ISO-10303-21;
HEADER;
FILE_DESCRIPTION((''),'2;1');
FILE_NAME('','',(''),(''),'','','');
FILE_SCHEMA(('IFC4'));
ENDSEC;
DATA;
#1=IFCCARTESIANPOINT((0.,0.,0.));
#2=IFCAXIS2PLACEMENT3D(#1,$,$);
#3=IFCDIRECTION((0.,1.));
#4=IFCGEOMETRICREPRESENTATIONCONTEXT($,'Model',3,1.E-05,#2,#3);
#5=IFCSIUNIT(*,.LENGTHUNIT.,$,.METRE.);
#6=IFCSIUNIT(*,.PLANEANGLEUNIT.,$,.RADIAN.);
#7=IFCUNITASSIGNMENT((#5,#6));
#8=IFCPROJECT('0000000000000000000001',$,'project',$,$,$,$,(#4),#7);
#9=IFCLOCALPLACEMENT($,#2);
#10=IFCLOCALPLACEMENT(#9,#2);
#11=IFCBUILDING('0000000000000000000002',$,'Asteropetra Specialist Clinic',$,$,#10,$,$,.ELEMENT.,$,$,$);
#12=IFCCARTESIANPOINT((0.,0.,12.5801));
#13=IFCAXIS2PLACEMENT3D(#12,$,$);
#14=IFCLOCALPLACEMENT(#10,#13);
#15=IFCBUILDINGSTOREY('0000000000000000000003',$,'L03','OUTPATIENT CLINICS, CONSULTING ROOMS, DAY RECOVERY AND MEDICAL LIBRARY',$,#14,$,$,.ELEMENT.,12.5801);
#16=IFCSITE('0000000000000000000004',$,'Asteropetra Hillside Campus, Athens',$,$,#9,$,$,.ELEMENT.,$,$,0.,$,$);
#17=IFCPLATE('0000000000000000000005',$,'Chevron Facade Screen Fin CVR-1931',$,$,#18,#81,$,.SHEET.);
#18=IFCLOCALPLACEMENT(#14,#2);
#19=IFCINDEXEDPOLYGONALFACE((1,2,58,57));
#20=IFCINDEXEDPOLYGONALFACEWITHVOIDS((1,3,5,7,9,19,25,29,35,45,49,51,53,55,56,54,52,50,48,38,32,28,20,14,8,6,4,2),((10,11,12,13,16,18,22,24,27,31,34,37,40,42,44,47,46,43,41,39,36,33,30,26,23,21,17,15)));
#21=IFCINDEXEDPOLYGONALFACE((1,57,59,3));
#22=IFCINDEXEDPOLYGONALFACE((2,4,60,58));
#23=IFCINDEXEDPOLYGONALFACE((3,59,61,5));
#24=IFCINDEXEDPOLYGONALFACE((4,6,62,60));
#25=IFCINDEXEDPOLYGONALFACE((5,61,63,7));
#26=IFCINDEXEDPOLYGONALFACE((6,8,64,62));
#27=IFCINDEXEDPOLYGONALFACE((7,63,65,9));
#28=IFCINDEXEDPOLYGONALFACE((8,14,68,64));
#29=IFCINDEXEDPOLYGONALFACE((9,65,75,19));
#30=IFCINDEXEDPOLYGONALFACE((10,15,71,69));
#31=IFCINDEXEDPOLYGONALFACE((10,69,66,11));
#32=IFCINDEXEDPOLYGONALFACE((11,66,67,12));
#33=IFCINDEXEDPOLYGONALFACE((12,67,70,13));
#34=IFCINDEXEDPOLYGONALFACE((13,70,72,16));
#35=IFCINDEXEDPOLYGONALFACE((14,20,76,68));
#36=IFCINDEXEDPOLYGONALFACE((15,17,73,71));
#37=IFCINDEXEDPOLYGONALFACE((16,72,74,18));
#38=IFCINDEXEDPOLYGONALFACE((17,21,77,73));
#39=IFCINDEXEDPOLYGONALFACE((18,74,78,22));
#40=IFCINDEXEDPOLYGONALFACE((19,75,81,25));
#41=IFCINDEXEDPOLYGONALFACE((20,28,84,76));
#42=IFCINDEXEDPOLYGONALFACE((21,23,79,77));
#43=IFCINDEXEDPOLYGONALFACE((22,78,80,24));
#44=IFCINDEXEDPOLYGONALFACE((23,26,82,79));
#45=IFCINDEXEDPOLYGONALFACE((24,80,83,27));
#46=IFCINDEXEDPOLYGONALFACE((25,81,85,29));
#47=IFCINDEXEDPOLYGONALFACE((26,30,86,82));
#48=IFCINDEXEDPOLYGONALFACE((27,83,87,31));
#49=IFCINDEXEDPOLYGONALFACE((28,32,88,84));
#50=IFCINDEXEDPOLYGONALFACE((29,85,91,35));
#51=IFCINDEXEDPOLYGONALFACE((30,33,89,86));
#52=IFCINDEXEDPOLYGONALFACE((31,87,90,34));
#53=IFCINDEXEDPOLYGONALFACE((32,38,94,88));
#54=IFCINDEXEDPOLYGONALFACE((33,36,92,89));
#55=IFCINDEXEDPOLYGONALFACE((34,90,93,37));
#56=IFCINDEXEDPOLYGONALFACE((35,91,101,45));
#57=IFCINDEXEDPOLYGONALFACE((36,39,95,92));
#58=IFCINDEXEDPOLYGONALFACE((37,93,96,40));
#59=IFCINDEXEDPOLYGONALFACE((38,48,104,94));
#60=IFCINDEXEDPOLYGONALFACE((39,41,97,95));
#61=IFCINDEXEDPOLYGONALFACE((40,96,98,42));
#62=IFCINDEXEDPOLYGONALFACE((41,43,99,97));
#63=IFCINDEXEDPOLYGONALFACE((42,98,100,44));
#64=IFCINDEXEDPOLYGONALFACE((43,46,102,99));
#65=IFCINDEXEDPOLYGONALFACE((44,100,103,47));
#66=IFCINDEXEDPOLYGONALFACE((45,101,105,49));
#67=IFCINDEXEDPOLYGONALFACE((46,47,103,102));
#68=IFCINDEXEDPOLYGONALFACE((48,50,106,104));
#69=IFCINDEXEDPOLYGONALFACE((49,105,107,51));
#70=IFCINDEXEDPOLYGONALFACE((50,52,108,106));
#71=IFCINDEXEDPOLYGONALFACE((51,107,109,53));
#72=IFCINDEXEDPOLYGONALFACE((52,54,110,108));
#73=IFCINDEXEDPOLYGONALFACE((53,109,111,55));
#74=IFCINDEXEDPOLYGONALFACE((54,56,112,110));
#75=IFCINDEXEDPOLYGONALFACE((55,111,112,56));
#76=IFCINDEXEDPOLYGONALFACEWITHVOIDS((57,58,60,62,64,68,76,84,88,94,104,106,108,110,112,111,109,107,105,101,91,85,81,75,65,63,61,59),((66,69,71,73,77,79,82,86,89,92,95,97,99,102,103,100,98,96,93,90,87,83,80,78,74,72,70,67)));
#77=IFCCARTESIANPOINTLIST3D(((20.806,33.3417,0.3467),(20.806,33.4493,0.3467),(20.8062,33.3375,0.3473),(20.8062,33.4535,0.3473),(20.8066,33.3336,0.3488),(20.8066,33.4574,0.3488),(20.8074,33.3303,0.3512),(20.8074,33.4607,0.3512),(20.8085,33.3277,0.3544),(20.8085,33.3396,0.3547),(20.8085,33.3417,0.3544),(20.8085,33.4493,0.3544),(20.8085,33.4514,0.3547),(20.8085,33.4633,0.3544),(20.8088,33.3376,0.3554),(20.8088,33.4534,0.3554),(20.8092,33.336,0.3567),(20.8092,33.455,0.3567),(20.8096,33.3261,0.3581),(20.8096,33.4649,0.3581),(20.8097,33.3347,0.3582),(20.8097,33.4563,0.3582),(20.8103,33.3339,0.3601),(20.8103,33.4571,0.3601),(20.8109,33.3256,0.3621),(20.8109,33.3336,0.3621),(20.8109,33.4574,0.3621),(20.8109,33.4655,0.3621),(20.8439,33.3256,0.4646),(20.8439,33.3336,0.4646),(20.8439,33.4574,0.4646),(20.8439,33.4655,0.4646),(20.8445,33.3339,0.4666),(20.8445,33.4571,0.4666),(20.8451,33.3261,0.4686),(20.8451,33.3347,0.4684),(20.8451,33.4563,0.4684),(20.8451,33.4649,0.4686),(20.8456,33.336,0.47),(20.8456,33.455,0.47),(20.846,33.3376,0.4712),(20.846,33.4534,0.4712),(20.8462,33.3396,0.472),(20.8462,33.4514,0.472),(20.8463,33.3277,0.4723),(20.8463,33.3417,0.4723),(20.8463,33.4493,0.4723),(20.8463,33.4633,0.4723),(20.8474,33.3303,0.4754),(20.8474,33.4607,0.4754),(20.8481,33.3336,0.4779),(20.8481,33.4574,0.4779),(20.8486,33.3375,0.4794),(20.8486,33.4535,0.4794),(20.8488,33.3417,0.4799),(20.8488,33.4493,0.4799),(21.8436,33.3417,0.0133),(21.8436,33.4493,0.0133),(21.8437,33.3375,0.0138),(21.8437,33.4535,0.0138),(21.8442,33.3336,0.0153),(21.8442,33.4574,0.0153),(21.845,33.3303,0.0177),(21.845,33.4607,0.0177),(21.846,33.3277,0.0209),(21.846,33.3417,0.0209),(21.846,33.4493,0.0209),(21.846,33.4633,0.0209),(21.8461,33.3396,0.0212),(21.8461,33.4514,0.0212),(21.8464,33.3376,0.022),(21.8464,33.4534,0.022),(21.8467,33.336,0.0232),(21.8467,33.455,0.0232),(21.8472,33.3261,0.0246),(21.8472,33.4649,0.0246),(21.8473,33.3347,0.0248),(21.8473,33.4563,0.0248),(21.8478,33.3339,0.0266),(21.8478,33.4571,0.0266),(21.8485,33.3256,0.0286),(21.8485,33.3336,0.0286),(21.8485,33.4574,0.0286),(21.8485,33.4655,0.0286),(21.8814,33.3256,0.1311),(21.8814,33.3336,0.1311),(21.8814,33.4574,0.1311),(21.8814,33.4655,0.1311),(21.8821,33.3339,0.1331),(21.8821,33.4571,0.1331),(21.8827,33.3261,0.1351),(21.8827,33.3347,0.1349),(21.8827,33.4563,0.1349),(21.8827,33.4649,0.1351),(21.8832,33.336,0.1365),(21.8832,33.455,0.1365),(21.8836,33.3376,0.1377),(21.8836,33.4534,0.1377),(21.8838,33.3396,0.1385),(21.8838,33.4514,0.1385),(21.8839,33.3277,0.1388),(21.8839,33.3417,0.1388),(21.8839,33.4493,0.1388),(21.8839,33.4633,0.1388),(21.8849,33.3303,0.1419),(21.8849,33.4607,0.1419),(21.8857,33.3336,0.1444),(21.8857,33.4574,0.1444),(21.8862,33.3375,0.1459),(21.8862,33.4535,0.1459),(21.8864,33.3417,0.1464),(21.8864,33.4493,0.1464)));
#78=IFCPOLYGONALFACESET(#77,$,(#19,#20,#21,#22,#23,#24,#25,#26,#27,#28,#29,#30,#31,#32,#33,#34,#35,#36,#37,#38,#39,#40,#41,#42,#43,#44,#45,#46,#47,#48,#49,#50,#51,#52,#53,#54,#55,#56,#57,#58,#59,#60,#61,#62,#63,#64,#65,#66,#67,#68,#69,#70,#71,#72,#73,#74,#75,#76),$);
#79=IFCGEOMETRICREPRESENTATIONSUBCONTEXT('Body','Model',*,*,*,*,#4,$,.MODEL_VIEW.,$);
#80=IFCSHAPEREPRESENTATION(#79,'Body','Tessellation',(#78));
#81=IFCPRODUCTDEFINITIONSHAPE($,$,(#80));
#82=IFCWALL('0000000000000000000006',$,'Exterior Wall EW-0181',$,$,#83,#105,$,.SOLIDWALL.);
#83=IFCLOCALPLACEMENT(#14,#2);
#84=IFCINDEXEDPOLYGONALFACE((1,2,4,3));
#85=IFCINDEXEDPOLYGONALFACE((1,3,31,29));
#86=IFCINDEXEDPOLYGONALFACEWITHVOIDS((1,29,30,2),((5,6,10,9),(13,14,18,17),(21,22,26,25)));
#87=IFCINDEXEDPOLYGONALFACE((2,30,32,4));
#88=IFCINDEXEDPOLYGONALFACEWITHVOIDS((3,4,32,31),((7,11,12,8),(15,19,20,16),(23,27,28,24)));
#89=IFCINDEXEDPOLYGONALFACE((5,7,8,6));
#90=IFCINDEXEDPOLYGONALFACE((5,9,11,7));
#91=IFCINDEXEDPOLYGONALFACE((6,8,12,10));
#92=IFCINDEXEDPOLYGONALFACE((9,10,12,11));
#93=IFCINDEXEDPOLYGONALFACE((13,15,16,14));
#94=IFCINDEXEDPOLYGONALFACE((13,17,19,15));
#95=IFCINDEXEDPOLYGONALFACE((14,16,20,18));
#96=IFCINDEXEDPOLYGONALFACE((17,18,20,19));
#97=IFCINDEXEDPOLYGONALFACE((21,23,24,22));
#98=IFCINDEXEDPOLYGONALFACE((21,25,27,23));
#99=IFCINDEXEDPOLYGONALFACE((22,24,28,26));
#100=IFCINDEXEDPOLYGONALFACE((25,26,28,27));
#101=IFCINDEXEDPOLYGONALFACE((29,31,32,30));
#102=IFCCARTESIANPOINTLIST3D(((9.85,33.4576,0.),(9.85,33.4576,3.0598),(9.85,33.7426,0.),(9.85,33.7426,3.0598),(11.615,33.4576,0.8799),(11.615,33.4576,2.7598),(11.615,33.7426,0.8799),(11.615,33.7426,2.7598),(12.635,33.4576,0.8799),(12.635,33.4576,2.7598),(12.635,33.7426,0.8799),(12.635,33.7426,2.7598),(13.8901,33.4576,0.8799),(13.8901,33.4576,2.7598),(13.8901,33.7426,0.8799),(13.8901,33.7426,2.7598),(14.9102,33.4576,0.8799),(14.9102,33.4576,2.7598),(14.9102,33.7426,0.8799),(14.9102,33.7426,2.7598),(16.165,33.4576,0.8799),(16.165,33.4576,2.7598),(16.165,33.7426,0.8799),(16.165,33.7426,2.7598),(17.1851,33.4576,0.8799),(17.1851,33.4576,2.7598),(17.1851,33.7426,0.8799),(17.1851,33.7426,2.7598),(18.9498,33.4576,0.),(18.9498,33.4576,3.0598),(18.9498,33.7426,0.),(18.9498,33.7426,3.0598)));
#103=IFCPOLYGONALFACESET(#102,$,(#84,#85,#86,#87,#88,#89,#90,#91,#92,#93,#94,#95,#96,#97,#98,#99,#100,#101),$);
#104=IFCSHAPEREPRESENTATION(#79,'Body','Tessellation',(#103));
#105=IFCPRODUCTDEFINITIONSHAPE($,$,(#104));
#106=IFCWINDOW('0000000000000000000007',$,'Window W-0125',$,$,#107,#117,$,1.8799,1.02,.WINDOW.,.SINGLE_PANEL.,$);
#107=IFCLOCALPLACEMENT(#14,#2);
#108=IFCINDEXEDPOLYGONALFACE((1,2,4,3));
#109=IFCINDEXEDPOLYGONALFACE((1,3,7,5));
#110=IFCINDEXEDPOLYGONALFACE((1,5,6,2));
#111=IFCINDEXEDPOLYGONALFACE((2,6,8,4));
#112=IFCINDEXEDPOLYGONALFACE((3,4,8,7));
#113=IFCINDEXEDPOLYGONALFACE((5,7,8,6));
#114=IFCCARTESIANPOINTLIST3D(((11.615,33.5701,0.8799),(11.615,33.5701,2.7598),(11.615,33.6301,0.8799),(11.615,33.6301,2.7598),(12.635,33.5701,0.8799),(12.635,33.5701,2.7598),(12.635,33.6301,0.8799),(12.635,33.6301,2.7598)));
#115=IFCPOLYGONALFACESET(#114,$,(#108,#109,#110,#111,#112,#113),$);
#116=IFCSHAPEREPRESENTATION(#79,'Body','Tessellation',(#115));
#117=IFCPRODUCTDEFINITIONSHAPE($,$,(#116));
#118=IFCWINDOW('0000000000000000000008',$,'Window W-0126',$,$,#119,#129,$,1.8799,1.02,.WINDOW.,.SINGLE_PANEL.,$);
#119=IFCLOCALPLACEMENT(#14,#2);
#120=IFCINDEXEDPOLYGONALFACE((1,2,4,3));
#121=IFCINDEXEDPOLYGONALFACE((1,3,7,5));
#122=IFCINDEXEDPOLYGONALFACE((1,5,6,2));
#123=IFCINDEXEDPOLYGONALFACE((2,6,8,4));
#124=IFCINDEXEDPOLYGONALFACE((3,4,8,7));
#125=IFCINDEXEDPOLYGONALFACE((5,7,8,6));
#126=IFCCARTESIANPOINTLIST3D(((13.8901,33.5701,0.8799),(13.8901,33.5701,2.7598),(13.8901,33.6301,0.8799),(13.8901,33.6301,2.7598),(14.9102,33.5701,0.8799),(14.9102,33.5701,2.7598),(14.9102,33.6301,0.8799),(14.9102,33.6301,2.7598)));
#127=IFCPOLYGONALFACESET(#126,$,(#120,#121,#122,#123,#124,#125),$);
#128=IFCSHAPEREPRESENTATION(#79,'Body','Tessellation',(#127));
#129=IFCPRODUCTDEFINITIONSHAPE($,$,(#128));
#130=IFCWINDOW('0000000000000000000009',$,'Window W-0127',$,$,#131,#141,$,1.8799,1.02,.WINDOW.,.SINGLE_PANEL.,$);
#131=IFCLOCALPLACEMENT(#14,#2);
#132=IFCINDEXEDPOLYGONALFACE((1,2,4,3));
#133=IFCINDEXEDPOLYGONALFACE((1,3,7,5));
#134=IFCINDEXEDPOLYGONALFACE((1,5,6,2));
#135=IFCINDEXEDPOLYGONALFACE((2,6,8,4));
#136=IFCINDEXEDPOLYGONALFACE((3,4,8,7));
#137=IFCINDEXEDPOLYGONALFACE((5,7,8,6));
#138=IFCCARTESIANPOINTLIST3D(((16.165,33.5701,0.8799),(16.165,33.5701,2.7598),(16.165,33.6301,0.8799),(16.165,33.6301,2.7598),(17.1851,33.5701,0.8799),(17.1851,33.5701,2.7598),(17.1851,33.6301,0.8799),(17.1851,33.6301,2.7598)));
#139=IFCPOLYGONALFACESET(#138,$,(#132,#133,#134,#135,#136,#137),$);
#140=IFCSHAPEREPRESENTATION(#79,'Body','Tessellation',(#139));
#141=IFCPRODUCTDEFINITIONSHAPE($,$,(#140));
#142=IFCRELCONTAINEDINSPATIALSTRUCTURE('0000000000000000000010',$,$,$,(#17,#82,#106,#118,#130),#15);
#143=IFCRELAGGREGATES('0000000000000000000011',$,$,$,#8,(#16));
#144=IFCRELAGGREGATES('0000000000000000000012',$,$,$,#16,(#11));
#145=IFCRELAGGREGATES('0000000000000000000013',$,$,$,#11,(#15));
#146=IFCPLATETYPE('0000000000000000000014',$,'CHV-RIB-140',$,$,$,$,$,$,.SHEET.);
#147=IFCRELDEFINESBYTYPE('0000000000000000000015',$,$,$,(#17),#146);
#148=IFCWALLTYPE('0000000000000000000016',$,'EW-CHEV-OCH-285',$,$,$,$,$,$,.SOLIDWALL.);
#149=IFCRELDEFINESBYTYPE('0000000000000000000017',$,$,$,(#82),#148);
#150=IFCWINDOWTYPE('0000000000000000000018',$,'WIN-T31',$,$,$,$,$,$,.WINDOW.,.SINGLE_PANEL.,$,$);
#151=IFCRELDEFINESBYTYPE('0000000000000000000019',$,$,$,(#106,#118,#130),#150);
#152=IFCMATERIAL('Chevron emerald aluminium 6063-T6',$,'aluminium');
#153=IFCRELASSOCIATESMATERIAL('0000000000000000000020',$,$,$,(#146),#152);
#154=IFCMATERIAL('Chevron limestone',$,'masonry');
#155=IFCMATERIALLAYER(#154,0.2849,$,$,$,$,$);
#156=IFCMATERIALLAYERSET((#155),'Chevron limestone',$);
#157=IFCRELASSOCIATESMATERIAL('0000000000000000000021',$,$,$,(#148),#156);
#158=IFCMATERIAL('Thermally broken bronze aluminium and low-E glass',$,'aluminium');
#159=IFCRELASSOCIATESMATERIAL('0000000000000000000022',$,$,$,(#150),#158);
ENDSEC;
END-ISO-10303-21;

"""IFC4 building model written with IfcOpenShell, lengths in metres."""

from ifc_helpers import new_model, si_unit, direction, frame, frame_2d, origin, origin_2d, place, context, subcontext, project, spatial, rectangle, hollow_rectangle, extrude, material, layer, layer_set, material_profile, profile_set, type_object, element, fill, save


model = new_model("IFC4")

# Units and contexts
model_context = context("Model", 3, precision=1e-05, world=origin(), true_north=direction((0.0, 1.0)))
body_context = subcontext(model_context, "Body", "Model", "MODEL_VIEW")
ifc_project = project(units=[si_unit("LENGTHUNIT", "METRE"), si_unit("PLANEANGLEUNIT", "RADIAN")], contexts=[model_context])

# Site, building, storey
site_placement = place(None, origin())
site = spatial("IfcSite", under=ifc_project, at=site_placement, Name="Asteropetra Hillside Campus, Athens", CompositionType="ELEMENT", RefElevation=0.0)
building_placement = place(site_placement, origin())
building = spatial("IfcBuilding", under=site, at=building_placement, Name="Asteropetra Specialist Clinic", CompositionType="ELEMENT")
storey_placement = place(building_placement, frame((0.0, 0.0, 12.5801)))
storey = spatial("IfcBuildingStorey", under=building, at=storey_placement, Name="L03", Description="OUTPATIENT CLINICS, CONSULTING ROOMS, DAY RECOVERY AND MEDICAL LIBRARY", CompositionType="ELEMENT", Elevation=12.5801)

# Plate
ifc_material_1 = material(Name="Chevron emerald aluminium 6063-T6", Category="aluminium")
ifc_material_profile_1 = material_profile(ifc_material_1, hollow_rectangle(XDim=0.1399, YDim=0.1399, WallThickness=0.0081, InnerFilletRadius=0.0081, OuterFilletRadius=0.0161, at=origin_2d()), Name="SHS 140x140x8.0")
ifc_profile_set_1 = profile_set([ifc_material_profile_1], Name="Chevron emerald aluminium 6063-T6")
plate_type = type_object("IfcPlateType", Name="CHV-RIB-140", PredefinedType="SHEET", material=ifc_profile_set_1)
plate_1_placement = place(storey_placement, frame((20.8274, 33.3955, 0.4133), z_axis=(0.952033, 0.0, -0.305995), x_axis=(0.0, 1.0, 0.0)))
element("IfcPlate", 1, at=plate_1_placement, inside=storey, type_object=plate_type, Name="Chevron Facade Screen Fin CVR-1931", PredefinedType="SHEET", context=body_context, shape_type="SweptSolid", body=[
    extrude(hollow_rectangle(XDim=0.1399, YDim=0.1399, WallThickness=0.0081, InnerFilletRadius=0.0081, OuterFilletRadius=0.0161, at=origin_2d()), origin(), (0.0, 0.0, 1.0), 1.0898),
])

# Wall, openings, windows
ifc_material_2 = material(Name="Chevron limestone", Category="masonry")
ifc_layer_1 = layer(ifc_material_2, 0.2849)
ifc_layer_set_1 = layer_set([ifc_layer_1], Name="Chevron limestone")
wall_type = type_object("IfcWallType", Name="EW-CHEV-OCH-285", PredefinedType="SOLIDWALL", material=ifc_layer_set_1)
wall_1_placement = place(storey_placement, frame((9.8501, 33.6001, 0.0), z_axis=(0.0, 0.0, 1.0), x_axis=(1.0, 0.0, 0.0)))
wall_1 = element("IfcWall", 2, at=wall_1_placement, inside=storey, type_object=wall_type, Name="Exterior Wall EW-0181", PredefinedType="SOLIDWALL", context=body_context, shape_type="SweptSolid", body=[
    extrude(rectangle(XDim=9.0999, YDim=0.2849, at=frame_2d((4.5498, 0.0))), origin(), (0.0, 0.0, 1.0), 3.0598),
])
opening_1_placement = place(wall_1_placement, frame((1.7649, 0.0, 0.8799)))
opening_1 = element("IfcOpeningElement", 3, at=opening_1_placement, cuts=wall_1, PredefinedType="OPENING", context=body_context, shape_type="SweptSolid", body=[
    extrude(rectangle(XDim=1.02, YDim=1.8799, at=frame_2d((0.51, 0.9399))), frame((0.0, 0.1523, 0.0), z_axis=(0.0, -1.0, 0.0), x_axis=(1.0, 0.0, 0.0)), (0.0, 0.0, 1.0), 0.3049),
])
opening_2_placement = place(wall_1_placement, frame((4.04, 0.0, 0.8799)))
opening_2 = element("IfcOpeningElement", 4, at=opening_2_placement, cuts=wall_1, PredefinedType="OPENING", context=body_context, shape_type="SweptSolid", body=[
    extrude(rectangle(XDim=1.02, YDim=1.8799, at=frame_2d((0.51, 0.9399))), frame((0.0, 0.1523, 0.0), z_axis=(0.0, -1.0, 0.0), x_axis=(1.0, 0.0, 0.0)), (0.0, 0.0, 1.0), 0.3049),
])
opening_3_placement = place(wall_1_placement, frame((6.3149, 0.0, 0.8799)))
opening_3 = element("IfcOpeningElement", 5, at=opening_3_placement, cuts=wall_1, PredefinedType="OPENING", context=body_context, shape_type="SweptSolid", body=[
    extrude(rectangle(XDim=1.02, YDim=1.8799, at=frame_2d((0.51, 0.9399))), frame((0.0, 0.1523, 0.0), z_axis=(0.0, -1.0, 0.0), x_axis=(1.0, 0.0, 0.0)), (0.0, 0.0, 1.0), 0.3049),
])
ifc_material_3 = material(Name="Thermally broken bronze aluminium and low-E glass", Category="aluminium")
window_type = type_object("IfcWindowType", Name="WIN-T31", PartitioningType="SINGLE_PANEL", PredefinedType="WINDOW", material=ifc_material_3)
window_1_placement = place(opening_1_placement, origin())
window_1 = element("IfcWindow", 6, at=window_1_placement, inside=storey, type_object=window_type, Name="Window W-0125", OverallHeight=1.8799, OverallWidth=1.02, PartitioningType="SINGLE_PANEL", PredefinedType="WINDOW", context=body_context, shape_type="SweptSolid", body=[
    extrude(rectangle(XDim=1.02, YDim=1.8799, at=frame_2d((0.51, 0.9399))), frame((0.0, 0.03, 0.0), z_axis=(0.0, -1.0, 0.0), x_axis=(1.0, 0.0, 0.0)), (0.0, 0.0, 1.0), 0.0601),
])
fill(opening_1, window_1)
window_2_placement = place(opening_2_placement, origin())
window_2 = element("IfcWindow", 7, at=window_2_placement, inside=storey, type_object=window_type, Name="Window W-0126", OverallHeight=1.8799, OverallWidth=1.02, PartitioningType="SINGLE_PANEL", PredefinedType="WINDOW", context=body_context, shape_type="SweptSolid", body=[
    extrude(rectangle(XDim=1.02, YDim=1.8799, at=frame_2d((0.51, 0.9399))), frame((0.0, 0.03, 0.0), z_axis=(0.0, -1.0, 0.0), x_axis=(1.0, 0.0, 0.0)), (0.0, 0.0, 1.0), 0.0601),
])
fill(opening_2, window_2)
window_3_placement = place(opening_3_placement, origin())
window_3 = element("IfcWindow", 8, at=window_3_placement, inside=storey, type_object=window_type, Name="Window W-0127", OverallHeight=1.8799, OverallWidth=1.02, PartitioningType="SINGLE_PANEL", PredefinedType="WINDOW", context=body_context, shape_type="SweptSolid", body=[
    extrude(rectangle(XDim=1.02, YDim=1.8799, at=frame_2d((0.51, 0.9399))), frame((0.0, 0.03, 0.0), z_axis=(0.0, -1.0, 0.0), x_axis=(1.0, 0.0, 0.0)), (0.0, 0.0, 1.0), 0.0601),
])
fill(opening_3, window_3)

save(model, "model.ifc")
